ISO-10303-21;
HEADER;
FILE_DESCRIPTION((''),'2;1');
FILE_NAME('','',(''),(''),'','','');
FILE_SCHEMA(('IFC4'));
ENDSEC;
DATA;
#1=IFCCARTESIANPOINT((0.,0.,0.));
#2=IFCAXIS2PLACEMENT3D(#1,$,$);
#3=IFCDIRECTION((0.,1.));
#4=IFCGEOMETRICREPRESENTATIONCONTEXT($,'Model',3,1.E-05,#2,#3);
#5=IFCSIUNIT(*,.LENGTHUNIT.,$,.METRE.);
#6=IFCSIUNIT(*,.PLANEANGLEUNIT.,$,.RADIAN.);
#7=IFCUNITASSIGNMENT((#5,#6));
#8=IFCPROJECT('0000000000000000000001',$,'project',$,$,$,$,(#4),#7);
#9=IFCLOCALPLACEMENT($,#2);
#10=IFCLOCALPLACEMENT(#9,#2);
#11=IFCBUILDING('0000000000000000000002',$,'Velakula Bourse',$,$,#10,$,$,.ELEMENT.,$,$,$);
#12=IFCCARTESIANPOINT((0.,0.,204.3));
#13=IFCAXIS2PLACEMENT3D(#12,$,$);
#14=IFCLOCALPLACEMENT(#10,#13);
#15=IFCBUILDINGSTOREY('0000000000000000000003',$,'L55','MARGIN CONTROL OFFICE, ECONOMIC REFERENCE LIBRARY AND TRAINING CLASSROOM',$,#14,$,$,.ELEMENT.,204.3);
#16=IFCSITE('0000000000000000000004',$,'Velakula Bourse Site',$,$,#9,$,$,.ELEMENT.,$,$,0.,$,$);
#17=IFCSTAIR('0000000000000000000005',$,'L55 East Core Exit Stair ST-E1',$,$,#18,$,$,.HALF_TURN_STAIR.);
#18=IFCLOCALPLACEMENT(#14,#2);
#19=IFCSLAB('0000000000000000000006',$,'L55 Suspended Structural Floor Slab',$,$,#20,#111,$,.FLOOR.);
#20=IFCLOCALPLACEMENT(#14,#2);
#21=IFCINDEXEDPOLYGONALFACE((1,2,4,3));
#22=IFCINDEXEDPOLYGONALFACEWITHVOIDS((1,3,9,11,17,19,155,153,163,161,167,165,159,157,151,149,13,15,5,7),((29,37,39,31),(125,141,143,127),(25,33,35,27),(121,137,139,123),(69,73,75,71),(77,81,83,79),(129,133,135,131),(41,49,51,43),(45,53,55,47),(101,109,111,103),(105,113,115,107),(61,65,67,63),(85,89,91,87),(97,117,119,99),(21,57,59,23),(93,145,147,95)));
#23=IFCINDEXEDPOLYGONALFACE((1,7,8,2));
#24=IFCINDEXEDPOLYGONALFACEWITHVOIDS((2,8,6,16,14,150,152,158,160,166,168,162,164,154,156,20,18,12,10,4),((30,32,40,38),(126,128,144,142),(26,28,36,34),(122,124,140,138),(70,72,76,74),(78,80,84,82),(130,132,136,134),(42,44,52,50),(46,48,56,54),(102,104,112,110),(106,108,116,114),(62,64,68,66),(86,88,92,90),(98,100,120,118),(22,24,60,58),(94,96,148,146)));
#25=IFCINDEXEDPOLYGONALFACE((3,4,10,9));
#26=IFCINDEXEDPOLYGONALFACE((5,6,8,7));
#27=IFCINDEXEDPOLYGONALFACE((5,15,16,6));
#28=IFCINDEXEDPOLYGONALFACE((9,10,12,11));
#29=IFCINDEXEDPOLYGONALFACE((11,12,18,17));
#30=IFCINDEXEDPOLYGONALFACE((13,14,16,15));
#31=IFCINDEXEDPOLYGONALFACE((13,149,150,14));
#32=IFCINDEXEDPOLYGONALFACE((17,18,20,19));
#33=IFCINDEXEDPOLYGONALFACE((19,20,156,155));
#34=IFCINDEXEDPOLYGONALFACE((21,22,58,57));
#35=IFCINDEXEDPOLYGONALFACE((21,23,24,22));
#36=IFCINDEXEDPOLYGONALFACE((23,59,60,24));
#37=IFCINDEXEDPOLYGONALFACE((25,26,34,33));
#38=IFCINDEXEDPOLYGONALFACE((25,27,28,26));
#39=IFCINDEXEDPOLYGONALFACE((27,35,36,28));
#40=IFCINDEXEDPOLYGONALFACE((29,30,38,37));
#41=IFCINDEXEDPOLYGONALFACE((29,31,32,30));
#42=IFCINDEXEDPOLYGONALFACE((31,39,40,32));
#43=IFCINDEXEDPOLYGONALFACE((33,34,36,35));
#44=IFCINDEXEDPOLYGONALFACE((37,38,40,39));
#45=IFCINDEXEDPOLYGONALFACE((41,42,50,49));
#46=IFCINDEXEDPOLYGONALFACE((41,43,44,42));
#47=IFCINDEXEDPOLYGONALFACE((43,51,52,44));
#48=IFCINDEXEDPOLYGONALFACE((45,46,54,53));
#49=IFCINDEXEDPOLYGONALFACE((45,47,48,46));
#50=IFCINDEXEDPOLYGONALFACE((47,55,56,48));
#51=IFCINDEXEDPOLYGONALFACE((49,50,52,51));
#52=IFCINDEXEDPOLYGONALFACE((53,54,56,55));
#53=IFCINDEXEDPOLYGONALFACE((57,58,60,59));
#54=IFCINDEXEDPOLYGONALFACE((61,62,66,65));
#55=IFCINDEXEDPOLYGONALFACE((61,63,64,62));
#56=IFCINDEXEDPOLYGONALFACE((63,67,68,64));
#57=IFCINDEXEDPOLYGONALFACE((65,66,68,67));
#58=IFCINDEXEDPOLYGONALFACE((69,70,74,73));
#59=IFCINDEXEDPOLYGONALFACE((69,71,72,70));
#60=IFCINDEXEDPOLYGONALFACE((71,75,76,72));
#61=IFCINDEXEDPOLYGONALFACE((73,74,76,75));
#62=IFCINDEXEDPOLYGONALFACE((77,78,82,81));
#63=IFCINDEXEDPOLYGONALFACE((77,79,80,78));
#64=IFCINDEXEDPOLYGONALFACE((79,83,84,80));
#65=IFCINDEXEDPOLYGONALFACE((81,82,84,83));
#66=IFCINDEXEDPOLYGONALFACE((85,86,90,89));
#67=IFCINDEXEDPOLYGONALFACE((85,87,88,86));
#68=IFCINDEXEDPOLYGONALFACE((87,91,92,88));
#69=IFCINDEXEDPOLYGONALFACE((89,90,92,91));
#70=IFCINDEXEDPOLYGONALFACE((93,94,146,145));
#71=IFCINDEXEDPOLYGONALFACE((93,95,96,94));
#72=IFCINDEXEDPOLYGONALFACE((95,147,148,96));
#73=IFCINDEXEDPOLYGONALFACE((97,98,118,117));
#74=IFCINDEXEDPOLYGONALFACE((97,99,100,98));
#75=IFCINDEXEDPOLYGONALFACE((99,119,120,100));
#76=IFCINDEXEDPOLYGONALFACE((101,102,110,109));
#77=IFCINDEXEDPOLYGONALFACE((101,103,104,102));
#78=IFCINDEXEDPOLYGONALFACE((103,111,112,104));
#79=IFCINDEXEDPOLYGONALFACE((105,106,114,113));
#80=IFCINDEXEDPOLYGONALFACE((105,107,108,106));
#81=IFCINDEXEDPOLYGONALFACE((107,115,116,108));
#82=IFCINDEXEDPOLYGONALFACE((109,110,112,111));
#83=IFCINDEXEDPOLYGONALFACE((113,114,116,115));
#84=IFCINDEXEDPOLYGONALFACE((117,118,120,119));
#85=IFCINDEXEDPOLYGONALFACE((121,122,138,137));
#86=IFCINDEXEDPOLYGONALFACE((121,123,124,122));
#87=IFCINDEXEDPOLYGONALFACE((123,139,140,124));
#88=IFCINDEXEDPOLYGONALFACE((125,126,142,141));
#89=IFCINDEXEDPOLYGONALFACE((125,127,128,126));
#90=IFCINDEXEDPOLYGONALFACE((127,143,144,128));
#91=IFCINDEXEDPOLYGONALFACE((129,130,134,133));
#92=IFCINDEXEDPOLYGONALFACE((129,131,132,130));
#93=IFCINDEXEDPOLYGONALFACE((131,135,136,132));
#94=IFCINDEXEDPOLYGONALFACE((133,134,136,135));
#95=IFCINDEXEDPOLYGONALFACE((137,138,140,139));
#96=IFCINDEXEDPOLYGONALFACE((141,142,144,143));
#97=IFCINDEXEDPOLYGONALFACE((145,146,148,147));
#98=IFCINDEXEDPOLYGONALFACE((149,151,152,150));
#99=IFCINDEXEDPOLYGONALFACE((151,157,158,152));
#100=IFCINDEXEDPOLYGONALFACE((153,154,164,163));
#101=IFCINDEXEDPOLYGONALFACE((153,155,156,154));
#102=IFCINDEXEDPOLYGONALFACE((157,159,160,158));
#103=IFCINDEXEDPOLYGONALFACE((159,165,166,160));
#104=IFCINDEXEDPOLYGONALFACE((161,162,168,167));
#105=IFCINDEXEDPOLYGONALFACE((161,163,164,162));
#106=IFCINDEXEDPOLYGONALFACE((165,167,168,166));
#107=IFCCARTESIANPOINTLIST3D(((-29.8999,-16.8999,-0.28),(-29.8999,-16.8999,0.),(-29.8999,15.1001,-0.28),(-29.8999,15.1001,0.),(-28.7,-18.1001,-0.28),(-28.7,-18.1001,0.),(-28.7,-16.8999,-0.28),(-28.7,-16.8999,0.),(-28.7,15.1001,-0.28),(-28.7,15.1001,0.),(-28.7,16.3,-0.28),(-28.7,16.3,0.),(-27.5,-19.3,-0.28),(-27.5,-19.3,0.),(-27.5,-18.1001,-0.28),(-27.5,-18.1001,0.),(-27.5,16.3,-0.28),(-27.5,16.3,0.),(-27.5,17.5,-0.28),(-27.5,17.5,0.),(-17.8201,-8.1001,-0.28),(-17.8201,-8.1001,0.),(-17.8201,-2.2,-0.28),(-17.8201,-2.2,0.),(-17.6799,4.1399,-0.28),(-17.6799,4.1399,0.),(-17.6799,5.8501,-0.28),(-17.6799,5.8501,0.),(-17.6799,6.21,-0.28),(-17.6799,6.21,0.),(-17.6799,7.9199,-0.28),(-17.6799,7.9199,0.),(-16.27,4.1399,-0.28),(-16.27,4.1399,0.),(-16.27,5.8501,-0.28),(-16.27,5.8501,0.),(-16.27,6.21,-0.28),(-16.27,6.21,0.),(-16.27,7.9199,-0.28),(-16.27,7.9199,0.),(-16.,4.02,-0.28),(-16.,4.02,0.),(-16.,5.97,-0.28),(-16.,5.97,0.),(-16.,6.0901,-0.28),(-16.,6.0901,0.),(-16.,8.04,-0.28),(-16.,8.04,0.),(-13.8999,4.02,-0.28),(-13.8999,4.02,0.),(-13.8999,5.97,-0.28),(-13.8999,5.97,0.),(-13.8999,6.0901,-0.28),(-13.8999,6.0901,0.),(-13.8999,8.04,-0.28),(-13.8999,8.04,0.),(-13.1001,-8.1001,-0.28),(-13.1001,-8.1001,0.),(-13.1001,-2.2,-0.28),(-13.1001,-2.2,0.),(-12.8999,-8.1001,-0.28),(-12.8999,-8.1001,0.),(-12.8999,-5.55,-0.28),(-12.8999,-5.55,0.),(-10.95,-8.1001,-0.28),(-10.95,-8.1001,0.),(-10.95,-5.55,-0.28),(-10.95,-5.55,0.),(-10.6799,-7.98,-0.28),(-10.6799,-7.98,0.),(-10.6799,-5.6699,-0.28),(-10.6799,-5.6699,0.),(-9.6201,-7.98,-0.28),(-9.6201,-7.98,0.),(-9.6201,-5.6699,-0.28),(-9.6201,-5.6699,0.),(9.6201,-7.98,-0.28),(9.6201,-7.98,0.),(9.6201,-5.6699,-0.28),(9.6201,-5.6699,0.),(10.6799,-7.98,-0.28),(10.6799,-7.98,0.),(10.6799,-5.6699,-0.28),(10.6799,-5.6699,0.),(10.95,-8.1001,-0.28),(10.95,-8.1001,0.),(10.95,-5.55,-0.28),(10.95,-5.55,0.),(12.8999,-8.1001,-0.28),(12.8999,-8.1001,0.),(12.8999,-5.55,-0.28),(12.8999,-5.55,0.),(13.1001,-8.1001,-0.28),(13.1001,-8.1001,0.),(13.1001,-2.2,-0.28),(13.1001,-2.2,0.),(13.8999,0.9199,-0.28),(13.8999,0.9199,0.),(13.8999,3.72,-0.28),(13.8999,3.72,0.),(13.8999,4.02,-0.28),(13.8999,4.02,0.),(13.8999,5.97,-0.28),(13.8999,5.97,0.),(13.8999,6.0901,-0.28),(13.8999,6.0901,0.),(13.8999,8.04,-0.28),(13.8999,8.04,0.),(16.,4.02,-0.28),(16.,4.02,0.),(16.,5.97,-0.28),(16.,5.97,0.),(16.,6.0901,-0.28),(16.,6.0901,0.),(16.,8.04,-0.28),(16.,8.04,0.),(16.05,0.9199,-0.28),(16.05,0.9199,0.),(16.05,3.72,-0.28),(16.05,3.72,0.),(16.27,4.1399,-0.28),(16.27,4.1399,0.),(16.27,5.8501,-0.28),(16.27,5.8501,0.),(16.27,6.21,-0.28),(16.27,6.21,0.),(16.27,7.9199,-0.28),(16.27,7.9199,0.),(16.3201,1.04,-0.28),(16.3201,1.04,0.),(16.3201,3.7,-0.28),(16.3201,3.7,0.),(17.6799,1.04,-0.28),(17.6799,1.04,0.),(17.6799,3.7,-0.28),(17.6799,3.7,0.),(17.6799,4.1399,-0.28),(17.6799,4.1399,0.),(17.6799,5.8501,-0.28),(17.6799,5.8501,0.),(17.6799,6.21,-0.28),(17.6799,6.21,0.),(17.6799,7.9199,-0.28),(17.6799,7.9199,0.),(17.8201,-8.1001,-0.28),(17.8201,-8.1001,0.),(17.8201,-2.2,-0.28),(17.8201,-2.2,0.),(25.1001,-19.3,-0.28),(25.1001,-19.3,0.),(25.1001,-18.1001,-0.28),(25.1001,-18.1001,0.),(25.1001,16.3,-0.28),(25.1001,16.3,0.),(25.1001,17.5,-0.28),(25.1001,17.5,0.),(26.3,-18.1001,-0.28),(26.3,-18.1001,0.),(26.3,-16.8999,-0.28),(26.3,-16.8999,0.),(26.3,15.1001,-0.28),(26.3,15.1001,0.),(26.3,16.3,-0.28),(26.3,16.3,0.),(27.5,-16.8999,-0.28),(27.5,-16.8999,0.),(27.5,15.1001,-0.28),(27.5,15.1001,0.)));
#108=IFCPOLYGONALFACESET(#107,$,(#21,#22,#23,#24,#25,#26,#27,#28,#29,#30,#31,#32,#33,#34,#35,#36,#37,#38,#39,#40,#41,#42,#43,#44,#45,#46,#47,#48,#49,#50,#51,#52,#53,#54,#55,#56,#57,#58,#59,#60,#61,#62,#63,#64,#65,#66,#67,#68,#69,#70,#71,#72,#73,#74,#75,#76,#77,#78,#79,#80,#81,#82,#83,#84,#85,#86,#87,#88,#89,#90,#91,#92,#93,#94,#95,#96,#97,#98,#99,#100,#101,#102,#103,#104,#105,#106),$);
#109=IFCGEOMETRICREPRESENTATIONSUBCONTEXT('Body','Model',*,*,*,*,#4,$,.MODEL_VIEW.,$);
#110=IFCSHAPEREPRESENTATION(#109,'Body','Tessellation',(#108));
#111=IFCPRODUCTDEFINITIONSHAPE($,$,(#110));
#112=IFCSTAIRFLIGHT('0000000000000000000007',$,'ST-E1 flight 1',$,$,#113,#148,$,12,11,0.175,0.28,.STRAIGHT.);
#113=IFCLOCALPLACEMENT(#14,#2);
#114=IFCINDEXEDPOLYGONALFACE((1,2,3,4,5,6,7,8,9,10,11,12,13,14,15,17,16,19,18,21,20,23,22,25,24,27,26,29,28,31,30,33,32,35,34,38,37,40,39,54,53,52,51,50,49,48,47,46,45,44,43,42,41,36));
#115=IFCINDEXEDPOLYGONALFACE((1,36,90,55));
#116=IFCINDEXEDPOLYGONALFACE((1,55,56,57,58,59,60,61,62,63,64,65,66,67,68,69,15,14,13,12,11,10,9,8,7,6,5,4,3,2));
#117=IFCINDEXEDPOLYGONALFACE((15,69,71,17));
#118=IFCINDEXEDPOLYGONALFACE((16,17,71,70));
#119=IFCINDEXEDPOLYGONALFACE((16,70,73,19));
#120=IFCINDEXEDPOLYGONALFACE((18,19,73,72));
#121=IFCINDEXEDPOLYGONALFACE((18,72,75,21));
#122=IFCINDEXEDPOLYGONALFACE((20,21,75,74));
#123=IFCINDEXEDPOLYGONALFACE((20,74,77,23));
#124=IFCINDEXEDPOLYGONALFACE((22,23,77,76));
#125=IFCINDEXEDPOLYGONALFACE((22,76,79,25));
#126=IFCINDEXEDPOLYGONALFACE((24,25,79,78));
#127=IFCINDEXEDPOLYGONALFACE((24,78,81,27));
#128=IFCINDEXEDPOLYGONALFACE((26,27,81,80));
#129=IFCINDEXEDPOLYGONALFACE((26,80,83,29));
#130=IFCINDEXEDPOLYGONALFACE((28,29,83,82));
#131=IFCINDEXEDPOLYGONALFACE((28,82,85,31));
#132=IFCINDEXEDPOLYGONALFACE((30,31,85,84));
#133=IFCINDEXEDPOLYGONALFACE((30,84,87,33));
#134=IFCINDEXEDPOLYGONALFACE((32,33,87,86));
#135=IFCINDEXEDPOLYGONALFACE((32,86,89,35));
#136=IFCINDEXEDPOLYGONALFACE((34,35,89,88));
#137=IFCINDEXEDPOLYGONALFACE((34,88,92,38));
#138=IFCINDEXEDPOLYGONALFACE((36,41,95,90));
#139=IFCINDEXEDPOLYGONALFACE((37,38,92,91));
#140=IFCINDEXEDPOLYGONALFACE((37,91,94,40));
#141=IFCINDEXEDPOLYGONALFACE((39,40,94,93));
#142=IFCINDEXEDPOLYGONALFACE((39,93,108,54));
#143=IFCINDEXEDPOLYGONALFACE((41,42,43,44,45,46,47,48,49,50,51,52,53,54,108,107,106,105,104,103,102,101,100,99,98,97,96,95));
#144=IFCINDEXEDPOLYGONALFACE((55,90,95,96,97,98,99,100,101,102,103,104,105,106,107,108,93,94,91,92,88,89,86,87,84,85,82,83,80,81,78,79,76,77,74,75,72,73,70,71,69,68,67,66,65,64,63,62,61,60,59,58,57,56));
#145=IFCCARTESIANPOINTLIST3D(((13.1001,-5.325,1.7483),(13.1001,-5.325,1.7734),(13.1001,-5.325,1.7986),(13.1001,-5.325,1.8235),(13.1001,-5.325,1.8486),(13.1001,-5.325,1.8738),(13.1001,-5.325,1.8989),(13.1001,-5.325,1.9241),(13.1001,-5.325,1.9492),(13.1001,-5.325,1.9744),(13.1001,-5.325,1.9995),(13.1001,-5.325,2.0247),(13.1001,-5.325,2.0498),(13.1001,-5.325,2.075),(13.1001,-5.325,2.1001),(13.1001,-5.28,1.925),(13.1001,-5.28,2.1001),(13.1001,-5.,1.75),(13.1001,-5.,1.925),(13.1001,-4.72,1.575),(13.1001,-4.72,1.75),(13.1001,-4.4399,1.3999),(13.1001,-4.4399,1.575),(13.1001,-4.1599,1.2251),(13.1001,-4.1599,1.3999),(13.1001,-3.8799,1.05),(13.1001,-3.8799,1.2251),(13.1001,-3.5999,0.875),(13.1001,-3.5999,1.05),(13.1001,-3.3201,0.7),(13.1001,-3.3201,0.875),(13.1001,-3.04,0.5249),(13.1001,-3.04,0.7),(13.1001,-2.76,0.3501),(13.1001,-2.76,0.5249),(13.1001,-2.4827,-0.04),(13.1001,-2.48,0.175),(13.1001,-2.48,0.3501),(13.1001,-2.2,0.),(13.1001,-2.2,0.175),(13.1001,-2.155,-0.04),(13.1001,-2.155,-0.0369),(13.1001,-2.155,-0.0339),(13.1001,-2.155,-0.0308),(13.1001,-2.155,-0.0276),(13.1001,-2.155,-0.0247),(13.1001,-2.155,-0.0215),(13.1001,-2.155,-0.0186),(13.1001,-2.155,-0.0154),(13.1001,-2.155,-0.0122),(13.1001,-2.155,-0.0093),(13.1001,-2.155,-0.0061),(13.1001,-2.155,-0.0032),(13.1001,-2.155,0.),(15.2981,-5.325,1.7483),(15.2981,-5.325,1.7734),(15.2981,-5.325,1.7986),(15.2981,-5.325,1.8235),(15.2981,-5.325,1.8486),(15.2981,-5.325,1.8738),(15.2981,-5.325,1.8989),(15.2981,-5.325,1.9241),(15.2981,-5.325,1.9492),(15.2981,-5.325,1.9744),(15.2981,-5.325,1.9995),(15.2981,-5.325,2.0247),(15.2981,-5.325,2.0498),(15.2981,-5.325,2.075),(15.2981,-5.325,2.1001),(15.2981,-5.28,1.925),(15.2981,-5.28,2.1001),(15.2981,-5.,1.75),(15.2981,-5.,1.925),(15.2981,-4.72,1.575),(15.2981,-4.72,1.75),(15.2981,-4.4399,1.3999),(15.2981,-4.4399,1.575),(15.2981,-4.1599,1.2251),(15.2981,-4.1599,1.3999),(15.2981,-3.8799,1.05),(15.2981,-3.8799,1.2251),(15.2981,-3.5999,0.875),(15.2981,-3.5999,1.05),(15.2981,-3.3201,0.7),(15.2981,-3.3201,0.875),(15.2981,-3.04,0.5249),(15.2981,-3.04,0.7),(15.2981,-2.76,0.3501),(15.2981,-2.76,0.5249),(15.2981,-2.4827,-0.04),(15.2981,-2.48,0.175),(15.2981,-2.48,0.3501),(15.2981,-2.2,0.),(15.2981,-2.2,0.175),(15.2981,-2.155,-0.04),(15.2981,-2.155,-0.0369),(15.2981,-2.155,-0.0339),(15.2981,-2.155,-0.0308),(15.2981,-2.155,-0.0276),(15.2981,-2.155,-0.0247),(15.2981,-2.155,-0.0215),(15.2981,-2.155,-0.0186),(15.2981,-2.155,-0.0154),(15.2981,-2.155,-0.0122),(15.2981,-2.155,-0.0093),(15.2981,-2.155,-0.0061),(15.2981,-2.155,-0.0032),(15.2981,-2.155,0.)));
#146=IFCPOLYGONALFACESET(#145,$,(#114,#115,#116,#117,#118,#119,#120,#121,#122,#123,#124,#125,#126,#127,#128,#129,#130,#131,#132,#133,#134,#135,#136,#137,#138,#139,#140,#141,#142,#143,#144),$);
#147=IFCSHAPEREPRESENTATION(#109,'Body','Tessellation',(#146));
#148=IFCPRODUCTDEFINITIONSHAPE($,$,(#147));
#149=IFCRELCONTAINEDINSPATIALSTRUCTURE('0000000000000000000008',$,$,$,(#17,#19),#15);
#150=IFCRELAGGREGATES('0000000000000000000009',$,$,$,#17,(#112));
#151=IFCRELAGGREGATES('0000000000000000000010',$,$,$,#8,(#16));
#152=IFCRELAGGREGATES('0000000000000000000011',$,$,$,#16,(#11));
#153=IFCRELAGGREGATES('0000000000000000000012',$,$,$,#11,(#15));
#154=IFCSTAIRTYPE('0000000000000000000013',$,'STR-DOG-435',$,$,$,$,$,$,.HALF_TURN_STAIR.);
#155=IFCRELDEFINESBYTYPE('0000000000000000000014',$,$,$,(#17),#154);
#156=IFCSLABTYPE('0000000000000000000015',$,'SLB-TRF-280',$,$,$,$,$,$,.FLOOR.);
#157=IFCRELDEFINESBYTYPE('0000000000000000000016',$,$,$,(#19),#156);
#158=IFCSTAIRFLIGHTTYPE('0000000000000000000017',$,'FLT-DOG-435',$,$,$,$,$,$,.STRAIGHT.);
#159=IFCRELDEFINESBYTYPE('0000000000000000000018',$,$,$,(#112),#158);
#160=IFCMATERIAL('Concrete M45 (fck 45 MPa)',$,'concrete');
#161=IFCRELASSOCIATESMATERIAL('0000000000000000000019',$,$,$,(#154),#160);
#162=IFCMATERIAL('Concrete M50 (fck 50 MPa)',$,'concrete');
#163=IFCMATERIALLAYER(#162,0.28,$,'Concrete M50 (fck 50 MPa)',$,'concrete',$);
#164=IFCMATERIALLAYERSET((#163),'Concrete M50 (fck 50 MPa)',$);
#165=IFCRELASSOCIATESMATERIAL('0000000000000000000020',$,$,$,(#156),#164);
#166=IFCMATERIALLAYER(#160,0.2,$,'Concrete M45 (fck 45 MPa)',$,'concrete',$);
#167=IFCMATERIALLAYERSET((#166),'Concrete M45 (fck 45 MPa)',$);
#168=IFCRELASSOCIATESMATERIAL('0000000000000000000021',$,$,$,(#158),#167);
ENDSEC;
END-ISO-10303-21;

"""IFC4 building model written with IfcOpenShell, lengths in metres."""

from ifc_helpers import new_model, si_unit, direction, frame, origin, place, context, subcontext, project, spatial, polyline, outline, extrude, material, layer, layer_set, type_object, element, aggregate, save


model = new_model("IFC4")

# Units and contexts
model_context = context("Model", 3, precision=1e-05, world=origin(), true_north=direction((0.0, 1.0)))
body_context = subcontext(model_context, "Body", "Model", "MODEL_VIEW")
ifc_project = project(units=[si_unit("LENGTHUNIT", "METRE"), si_unit("PLANEANGLEUNIT", "RADIAN")], contexts=[model_context])

# Site, building, storey
site_placement = place(None, origin())
site = spatial("IfcSite", under=ifc_project, at=site_placement, Name="Velakula Bourse Site", CompositionType="ELEMENT", RefElevation=0.0)
building_placement = place(site_placement, origin())
building = spatial("IfcBuilding", under=site, at=building_placement, Name="Velakula Bourse", CompositionType="ELEMENT")
storey_placement = place(building_placement, frame((0.0, 0.0, 204.3)))
storey = spatial("IfcBuildingStorey", under=building, at=storey_placement, Name="L55", Description="MARGIN CONTROL OFFICE, ECONOMIC REFERENCE LIBRARY AND TRAINING CLASSROOM", CompositionType="ELEMENT", Elevation=204.3)

# Shared definitions
ifc_material_1 = material(Name="Concrete M50 (fck 50 MPa)", Category="concrete")

# Stair
ifc_material_2 = material(Name="Concrete M45 (fck 45 MPa)", Category="concrete")
stair_type = type_object("IfcStairType", Name="STR-DOG-435", PredefinedType="HALF_TURN_STAIR", material=ifc_material_2)
stair_1_placement = place(storey_placement, origin())
stair_1 = element("IfcStair", 1, at=stair_1_placement, inside=storey, type_object=stair_type, Name="L55 East Core Exit Stair ST-E1", PredefinedType="HALF_TURN_STAIR")

# Slab
ifc_layer_1 = layer(ifc_material_1, 0.28, Name="Concrete M50 (fck 50 MPa)", Category="concrete")
ifc_layer_set_1 = layer_set([ifc_layer_1], Name="Concrete M50 (fck 50 MPa)")
slab_type_1 = type_object("IfcSlabType", Name="SLB-TRF-280", PredefinedType="FLOOR", material=ifc_layer_set_1)
slab_1_placement = place(storey_placement, frame((0.0, 0.0, -0.28)))
element("IfcSlab", 2, at=slab_1_placement, inside=storey, type_object=slab_type_1, Name="L55 Suspended Structural Floor Slab", PredefinedType="FLOOR", context=body_context, shape_type="SweptSolid", body=[
    extrude(outline(polyline([(-27.5, -19.3), (25.1001, -19.3), (25.1001, -18.1001), (26.3, -18.1001), (26.3, -16.8999), (27.5, -16.8999), (27.5, 15.1001), (26.3, 15.1001), (26.3, 16.3), (25.1001, 16.3), (25.1001, 17.5), (-27.5, 17.5), (-27.5, 16.3), (-28.7, 16.3), (-28.7, 15.1001), (-29.8999, 15.1001), (-29.8999, -16.8999), (-28.7, -16.8999), (-28.7, -18.1001), (-27.5, -18.1001), (-27.5, -19.3)]), holes=[polyline([(-17.8201, -8.1001), (-13.1001, -8.1001), (-13.1001, -2.2), (-17.8201, -2.2), (-17.8201, -8.1001)]), polyline([(13.1001, -8.1001), (17.8201, -8.1001), (17.8201, -2.2), (13.1001, -2.2), (13.1001, -8.1001)]), polyline([(-12.8999, -8.1001), (-10.95, -8.1001), (-10.95, -5.55), (-12.8999, -5.55), (-12.8999, -8.1001)]), polyline([(10.95, -8.1001), (12.8999, -8.1001), (12.8999, -5.55), (10.95, -5.55), (10.95, -8.1001)]), polyline([(13.8999, 0.9199), (16.05, 0.9199), (16.05, 3.72), (13.8999, 3.72), (13.8999, 0.9199)]), polyline([(-10.6799, -7.98), (-9.6201, -7.98), (-9.6201, -5.6699), (-10.6799, -5.6699), (-10.6799, -7.98)]), polyline([(-17.6799, 4.1399), (-16.27, 4.1399), (-16.27, 5.8501), (-17.6799, 5.8501), (-17.6799, 4.1399)]), polyline([(-17.6799, 6.21), (-16.27, 6.21), (-16.27, 7.9199), (-17.6799, 7.9199), (-17.6799, 6.21)]), polyline([(9.6201, -7.98), (10.6799, -7.98), (10.6799, -5.6699), (9.6201, -5.6699), (9.6201, -7.98)]), polyline([(16.27, 4.1399), (17.6799, 4.1399), (17.6799, 5.8501), (16.27, 5.8501), (16.27, 4.1399)]), polyline([(16.27, 6.21), (17.6799, 6.21), (17.6799, 7.9199), (16.27, 7.9199), (16.27, 6.21)]), polyline([(16.3201, 1.04), (17.6799, 1.04), (17.6799, 3.7), (16.3201, 3.7), (16.3201, 1.04)]), polyline([(-16.0, 4.02), (-13.8999, 4.02), (-13.8999, 5.97), (-16.0, 5.97), (-16.0, 4.02)]), polyline([(-16.0, 6.0901), (-13.8999, 6.0901), (-13.8999, 8.04), (-16.0, 8.04), (-16.0, 6.0901)]), polyline([(13.8999, 4.02), (16.0, 4.02), (16.0, 5.97), (13.8999, 5.97), (13.8999, 4.02)]), polyline([(13.8999, 6.0901), (16.0, 6.0901), (16.0, 8.04), (13.8999, 8.04), (13.8999, 6.0901)])]), origin(), (0.0, 0.0, 1.0), 0.28),
])

# Stair flight
ifc_layer_2 = layer(ifc_material_2, 0.2, Name="Concrete M45 (fck 45 MPa)", Category="concrete")
ifc_layer_set_2 = layer_set([ifc_layer_2], Name="Concrete M45 (fck 45 MPa)")
stair_flight_type = type_object("IfcStairFlightType", Name="FLT-DOG-435", PredefinedType="STRAIGHT", material=ifc_layer_set_2)
stair_flight_1_placement = place(storey_placement, frame((14.199, -2.2, 0.0), z_axis=(0.0, 0.0, 1.0), x_axis=(0.0, -1.0, 0.0)))
stair_flight_1 = element("IfcStairFlight", 3, at=stair_flight_1_placement, type_object=stair_flight_type, Name="ST-E1 flight 1", NumberOfRisers=12, NumberOfTreads=11, PredefinedType="STRAIGHT", RiserHeight=0.175, TreadLength=0.28, context=body_context, shape_type="SweptSolid", body=[
    extrude(outline(polyline([(-0.0449, -0.04), (-0.0449, -0.0369), (-0.0449, -0.0339), (-0.0449, -0.0308), (-0.0449, -0.0276), (-0.0449, -0.0247), (-0.0449, -0.0215), (-0.0449, -0.0186), (-0.0449, -0.0154), (-0.0449, -0.0122), (-0.0449, -0.0093), (-0.0449, -0.0061), (-0.0449, -0.0032), (-0.0449, 0.0), (0.0, 0.0), (0.0, 0.175), (0.28, 0.175), (0.28, 0.3501), (0.5601, 0.3501), (0.5601, 0.5249), (0.8401, 0.5249), (0.8401, 0.7), (1.1201, 0.7), (1.1201, 0.875), (1.3999, 0.875), (1.3999, 1.05), (1.6799, 1.05), (1.6799, 1.2251), (1.96, 1.2251), (1.96, 1.3999), (2.24, 1.3999), (2.24, 1.575), (2.52, 1.575), (2.52, 1.75), (2.8, 1.75), (2.8, 1.925), (3.0801, 1.925), (3.0801, 2.1001), (3.125, 2.1001), (3.125, 2.075), (3.125, 2.0498), (3.125, 2.0247), (3.125, 1.9995), (3.125, 1.9744), (3.125, 1.9492), (3.125, 1.9241), (3.125, 1.8989), (3.125, 1.8738), (3.125, 1.8486), (3.125, 1.8235), (3.125, 1.7986), (3.125, 1.7734), (3.125, 1.7483), (0.2827, -0.04), (-0.0449, -0.04)])), frame((0.0, 1.0991, 0.0), z_axis=(0.0, -1.0, 0.0), x_axis=(1.0, 0.0, 0.0)), (0.0, 0.0, 1.0), 2.198),
])
aggregate(stair_1, [stair_flight_1])

save(model, "model.ifc")
